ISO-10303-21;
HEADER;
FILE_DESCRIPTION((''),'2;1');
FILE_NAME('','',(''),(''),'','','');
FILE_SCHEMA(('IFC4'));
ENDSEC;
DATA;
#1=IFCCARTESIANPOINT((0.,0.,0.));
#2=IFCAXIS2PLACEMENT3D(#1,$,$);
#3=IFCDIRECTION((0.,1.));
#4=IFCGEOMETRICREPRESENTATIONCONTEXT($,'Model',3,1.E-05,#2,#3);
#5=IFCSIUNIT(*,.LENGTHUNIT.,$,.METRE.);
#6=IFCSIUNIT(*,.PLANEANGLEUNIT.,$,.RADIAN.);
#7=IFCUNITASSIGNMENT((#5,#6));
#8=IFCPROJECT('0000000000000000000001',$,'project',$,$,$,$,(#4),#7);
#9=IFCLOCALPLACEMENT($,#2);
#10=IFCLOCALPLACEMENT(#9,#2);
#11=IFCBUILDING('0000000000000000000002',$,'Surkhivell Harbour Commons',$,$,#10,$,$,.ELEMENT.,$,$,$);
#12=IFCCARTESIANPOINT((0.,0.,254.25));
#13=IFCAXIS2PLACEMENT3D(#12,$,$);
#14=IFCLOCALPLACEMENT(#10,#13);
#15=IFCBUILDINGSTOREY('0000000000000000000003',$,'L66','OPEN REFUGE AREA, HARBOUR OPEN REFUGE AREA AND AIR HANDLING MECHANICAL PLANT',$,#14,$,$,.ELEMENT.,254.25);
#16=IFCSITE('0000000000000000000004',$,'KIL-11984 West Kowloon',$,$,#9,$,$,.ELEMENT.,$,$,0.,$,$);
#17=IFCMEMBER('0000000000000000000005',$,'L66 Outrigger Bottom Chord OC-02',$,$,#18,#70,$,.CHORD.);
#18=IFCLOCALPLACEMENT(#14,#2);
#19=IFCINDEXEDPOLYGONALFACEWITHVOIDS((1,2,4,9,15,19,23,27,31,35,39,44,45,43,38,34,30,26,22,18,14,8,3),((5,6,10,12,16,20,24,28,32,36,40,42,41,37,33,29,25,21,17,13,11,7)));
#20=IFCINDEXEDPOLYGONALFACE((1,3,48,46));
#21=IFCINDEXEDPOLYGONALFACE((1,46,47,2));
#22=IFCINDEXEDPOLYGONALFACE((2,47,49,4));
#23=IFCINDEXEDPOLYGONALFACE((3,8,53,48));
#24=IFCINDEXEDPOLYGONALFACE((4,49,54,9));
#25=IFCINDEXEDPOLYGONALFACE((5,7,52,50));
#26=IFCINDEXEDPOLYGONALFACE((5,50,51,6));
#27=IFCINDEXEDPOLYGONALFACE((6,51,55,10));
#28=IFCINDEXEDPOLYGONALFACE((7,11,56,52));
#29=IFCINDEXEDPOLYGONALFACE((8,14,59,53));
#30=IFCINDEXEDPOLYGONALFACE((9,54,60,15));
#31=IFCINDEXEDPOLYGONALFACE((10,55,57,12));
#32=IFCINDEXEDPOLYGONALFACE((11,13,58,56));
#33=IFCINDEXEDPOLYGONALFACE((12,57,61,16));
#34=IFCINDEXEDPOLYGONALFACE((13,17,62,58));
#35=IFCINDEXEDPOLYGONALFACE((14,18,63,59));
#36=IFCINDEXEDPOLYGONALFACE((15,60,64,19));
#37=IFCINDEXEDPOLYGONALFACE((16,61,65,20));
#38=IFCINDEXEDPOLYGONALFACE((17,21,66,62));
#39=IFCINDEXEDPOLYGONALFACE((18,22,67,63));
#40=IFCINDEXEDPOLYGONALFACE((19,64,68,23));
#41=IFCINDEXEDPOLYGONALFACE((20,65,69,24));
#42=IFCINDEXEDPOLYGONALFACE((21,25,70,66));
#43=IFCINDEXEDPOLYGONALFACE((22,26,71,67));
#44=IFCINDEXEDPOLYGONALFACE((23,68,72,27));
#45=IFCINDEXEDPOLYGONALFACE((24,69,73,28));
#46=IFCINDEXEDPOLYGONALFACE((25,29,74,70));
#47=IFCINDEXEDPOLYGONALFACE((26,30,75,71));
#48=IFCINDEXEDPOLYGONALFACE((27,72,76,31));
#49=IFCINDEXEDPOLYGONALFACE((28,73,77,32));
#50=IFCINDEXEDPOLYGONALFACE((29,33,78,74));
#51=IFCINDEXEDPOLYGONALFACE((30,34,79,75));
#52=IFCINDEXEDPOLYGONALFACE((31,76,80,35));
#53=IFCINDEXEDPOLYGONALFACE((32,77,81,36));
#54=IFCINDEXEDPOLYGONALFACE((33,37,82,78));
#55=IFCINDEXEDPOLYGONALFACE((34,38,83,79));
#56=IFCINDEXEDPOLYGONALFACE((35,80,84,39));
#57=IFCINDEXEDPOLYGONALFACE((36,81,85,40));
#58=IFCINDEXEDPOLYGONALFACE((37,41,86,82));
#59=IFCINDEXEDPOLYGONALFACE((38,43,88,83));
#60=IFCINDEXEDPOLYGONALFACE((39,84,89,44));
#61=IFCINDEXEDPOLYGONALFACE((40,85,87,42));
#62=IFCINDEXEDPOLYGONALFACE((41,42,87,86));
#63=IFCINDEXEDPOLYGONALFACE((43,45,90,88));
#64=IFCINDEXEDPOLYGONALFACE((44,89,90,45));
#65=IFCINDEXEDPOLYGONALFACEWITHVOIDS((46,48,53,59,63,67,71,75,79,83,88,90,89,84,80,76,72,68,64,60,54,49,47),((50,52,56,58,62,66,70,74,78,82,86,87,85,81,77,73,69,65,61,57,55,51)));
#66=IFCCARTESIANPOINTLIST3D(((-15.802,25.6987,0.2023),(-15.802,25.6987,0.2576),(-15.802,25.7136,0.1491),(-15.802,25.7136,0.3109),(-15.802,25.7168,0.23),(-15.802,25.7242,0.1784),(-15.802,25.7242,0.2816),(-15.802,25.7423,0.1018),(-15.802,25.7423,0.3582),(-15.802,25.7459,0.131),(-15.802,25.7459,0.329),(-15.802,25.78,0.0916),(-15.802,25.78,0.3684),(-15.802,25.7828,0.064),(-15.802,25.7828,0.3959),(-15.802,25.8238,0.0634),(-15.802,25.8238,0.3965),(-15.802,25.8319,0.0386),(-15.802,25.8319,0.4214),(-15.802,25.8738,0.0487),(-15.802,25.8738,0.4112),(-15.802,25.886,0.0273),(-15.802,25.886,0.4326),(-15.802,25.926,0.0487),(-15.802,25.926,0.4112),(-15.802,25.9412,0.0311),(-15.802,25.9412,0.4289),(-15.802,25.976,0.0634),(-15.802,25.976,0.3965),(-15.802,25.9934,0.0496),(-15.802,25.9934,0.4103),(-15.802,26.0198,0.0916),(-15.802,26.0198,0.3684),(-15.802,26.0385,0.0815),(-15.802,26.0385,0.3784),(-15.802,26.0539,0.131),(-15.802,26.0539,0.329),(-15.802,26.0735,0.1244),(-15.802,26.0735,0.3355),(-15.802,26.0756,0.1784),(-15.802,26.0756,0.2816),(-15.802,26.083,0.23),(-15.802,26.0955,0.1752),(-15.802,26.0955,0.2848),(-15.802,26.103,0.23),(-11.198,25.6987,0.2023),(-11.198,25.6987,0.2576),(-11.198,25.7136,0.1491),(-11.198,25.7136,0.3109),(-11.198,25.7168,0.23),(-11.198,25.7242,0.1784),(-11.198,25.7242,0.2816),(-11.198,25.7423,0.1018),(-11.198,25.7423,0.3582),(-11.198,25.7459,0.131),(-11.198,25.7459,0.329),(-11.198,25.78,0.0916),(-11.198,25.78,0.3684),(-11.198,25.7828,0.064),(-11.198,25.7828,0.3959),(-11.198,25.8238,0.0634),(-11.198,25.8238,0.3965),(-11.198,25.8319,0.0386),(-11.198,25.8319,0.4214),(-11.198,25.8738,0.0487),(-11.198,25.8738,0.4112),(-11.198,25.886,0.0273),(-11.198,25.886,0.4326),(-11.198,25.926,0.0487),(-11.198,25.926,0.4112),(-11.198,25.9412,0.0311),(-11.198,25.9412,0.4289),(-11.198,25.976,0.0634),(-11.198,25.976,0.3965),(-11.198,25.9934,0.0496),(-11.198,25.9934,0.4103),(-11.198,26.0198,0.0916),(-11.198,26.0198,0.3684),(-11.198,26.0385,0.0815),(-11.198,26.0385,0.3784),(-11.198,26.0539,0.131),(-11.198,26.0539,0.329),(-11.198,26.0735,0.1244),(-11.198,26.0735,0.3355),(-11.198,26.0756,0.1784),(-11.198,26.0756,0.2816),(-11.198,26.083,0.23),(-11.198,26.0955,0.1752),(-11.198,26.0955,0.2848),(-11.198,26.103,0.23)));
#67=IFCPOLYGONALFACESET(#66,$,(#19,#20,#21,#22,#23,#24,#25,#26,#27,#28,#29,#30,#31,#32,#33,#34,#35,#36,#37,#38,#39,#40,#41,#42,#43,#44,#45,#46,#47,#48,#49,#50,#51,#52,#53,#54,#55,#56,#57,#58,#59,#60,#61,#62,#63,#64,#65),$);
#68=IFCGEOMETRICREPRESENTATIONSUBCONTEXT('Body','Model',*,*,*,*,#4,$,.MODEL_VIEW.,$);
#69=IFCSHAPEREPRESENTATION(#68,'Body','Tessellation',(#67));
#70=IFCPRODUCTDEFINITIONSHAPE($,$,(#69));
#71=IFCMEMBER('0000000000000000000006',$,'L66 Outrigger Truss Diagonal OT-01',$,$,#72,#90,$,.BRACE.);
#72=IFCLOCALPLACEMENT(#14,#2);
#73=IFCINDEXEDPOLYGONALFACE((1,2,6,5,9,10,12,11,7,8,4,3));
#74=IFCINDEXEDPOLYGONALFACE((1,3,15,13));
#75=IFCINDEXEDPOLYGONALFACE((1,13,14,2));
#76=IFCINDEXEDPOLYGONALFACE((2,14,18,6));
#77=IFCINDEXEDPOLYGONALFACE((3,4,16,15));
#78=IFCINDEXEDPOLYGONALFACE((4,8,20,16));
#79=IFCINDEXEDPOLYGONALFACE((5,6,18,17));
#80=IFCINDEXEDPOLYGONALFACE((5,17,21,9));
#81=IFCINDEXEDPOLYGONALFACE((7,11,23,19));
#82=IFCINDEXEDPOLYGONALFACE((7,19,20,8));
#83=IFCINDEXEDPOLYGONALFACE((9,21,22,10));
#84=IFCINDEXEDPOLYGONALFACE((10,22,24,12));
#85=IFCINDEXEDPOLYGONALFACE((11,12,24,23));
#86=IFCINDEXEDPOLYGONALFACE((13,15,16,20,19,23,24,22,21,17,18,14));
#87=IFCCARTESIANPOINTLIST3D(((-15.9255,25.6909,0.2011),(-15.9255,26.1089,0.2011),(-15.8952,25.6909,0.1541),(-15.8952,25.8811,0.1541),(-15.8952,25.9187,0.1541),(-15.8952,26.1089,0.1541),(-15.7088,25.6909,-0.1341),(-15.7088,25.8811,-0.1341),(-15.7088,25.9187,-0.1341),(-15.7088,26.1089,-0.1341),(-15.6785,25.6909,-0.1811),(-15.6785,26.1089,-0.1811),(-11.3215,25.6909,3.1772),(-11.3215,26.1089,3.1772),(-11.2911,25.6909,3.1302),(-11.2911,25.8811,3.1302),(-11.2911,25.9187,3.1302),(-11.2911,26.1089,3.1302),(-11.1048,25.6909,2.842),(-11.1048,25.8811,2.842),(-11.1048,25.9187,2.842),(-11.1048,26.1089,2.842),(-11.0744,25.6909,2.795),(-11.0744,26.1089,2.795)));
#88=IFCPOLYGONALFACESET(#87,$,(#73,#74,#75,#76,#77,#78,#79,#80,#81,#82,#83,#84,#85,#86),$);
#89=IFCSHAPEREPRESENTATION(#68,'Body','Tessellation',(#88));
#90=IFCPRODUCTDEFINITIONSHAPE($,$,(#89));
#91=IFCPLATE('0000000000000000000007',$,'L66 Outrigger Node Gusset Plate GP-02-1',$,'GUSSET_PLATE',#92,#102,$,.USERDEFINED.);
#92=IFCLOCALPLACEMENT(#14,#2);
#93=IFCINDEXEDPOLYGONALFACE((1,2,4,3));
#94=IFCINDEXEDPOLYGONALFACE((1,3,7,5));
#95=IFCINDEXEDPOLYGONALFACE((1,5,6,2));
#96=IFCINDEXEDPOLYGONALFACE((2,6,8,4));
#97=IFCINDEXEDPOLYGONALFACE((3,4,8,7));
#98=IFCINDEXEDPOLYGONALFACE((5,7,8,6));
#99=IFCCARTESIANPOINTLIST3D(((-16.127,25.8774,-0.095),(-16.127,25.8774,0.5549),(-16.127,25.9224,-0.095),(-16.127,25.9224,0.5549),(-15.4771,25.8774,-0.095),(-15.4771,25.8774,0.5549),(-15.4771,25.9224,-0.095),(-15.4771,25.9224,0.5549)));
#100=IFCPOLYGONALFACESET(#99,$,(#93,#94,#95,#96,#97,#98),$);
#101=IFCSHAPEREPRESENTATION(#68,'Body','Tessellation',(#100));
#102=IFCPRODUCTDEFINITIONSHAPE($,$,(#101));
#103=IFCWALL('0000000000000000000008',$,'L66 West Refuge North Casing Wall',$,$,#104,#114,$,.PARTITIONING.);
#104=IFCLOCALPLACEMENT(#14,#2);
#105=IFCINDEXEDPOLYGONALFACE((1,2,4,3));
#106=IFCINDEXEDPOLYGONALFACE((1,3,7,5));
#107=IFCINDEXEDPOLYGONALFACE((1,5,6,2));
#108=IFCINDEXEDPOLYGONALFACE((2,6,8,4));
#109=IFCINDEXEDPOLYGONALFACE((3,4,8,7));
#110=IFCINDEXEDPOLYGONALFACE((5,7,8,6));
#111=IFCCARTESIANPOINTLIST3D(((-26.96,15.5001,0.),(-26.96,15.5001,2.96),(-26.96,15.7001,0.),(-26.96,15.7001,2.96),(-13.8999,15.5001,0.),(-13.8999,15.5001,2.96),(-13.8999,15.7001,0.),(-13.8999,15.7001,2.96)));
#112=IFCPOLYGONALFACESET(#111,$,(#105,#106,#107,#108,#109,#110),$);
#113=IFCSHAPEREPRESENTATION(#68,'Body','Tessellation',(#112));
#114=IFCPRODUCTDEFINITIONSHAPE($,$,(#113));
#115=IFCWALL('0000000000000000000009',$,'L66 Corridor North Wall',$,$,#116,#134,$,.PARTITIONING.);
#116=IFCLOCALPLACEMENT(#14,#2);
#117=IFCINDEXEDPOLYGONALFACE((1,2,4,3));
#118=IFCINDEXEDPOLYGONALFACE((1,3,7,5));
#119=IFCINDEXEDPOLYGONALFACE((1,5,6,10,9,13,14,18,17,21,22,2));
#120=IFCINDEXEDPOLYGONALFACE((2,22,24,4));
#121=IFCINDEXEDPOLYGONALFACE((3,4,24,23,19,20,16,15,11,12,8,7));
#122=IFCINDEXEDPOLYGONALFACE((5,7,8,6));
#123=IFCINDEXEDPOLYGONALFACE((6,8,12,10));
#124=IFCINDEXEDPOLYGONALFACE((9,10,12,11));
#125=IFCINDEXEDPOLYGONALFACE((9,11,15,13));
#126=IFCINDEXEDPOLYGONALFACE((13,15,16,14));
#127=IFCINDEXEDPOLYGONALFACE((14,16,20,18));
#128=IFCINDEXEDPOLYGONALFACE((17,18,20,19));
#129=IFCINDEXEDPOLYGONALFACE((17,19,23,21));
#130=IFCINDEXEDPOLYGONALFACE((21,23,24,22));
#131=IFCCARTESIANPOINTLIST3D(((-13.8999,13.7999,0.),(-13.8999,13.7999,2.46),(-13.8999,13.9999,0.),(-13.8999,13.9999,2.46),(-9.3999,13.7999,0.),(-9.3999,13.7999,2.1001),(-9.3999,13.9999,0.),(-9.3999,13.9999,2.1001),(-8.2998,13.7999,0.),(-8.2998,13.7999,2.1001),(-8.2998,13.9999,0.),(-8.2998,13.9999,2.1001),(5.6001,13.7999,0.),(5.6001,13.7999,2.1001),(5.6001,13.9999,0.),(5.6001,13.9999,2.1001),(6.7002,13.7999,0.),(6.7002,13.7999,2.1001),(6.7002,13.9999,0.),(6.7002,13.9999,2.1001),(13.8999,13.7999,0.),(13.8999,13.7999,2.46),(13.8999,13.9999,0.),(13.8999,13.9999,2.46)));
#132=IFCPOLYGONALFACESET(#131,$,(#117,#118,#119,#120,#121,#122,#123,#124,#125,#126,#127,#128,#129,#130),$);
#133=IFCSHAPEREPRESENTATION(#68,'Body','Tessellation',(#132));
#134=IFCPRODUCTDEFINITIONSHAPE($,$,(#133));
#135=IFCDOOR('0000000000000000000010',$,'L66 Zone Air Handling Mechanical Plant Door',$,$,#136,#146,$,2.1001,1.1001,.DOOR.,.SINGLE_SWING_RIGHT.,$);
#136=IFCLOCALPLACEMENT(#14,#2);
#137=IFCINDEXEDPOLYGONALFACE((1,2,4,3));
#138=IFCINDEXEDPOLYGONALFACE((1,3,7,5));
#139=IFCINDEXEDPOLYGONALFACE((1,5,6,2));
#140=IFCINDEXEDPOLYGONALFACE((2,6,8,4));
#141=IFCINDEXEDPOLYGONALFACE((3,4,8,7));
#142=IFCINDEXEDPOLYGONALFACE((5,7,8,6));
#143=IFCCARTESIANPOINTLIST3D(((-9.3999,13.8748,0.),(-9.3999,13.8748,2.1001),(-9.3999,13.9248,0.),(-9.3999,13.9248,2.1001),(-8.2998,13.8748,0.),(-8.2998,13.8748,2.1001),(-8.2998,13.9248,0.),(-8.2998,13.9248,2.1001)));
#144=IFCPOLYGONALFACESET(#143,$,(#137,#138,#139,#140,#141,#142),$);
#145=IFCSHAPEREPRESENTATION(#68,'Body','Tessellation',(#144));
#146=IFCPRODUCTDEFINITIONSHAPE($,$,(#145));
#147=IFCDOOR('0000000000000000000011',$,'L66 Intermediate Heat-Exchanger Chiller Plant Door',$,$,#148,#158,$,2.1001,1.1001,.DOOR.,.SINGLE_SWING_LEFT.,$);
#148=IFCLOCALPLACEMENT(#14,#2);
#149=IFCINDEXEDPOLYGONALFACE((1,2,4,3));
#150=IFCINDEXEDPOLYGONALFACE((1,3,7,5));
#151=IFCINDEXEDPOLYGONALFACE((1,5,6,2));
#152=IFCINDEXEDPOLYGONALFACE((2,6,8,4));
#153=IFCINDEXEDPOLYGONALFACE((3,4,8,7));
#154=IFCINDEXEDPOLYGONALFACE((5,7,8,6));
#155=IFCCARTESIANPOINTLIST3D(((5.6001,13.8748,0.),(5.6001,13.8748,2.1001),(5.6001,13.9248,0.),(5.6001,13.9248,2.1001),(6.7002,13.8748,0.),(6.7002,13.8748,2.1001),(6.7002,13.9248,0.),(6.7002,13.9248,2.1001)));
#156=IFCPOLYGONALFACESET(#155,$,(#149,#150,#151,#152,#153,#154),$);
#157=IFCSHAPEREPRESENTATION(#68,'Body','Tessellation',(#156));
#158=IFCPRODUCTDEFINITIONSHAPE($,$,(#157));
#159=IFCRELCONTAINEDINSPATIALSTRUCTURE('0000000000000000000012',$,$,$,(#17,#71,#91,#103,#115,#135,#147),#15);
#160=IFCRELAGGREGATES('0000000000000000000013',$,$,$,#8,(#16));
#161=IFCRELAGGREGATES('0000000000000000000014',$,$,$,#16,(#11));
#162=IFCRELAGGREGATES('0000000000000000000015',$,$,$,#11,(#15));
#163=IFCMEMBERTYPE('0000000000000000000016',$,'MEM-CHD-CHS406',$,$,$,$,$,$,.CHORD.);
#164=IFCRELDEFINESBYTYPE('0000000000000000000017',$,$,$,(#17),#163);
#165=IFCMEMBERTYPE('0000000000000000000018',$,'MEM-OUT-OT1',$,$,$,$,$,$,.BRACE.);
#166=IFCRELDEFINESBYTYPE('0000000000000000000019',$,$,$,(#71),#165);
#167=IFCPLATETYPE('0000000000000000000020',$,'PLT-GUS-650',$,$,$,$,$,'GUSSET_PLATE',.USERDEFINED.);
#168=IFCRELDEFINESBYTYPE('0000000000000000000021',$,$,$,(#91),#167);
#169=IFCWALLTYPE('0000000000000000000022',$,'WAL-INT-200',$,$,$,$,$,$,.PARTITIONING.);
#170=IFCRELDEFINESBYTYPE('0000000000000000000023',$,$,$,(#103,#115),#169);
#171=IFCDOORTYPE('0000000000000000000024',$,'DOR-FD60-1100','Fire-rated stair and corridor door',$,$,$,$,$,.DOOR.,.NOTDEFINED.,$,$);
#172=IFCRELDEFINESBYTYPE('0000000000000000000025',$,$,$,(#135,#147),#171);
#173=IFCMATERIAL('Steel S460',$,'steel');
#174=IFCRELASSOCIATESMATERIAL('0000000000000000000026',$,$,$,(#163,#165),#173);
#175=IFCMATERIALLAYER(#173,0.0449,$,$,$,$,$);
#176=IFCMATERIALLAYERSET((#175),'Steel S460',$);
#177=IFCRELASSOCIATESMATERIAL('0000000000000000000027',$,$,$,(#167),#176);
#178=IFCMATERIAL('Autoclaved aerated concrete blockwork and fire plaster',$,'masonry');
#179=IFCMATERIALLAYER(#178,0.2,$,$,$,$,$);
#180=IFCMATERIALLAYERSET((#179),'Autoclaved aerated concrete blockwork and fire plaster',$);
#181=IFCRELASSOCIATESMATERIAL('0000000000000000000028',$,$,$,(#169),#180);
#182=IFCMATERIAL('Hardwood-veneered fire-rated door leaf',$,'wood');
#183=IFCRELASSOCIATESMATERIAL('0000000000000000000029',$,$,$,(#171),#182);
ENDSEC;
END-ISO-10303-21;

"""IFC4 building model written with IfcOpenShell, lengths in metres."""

from ifc_helpers import new_model, si_unit, direction, frame, frame_2d, origin, origin_2d, place, context, subcontext, project, spatial, rectangle, hollow_circle, i_section, extrude, material, layer, layer_set, material_profile, profile_set, type_object, element, fill, save


model = new_model("IFC4")

# Units and contexts
model_context = context("Model", 3, precision=1e-05, world=origin(), true_north=direction((0.0, 1.0)))
body_context = subcontext(model_context, "Body", "Model", "MODEL_VIEW")
ifc_project = project(units=[si_unit("LENGTHUNIT", "METRE"), si_unit("PLANEANGLEUNIT", "RADIAN")], contexts=[model_context])

# Site, building, storey
site_placement = place(None, origin())
site = spatial("IfcSite", under=ifc_project, at=site_placement, Name="KIL-11984 West Kowloon", CompositionType="ELEMENT", RefElevation=0.0)
building_placement = place(site_placement, origin())
building = spatial("IfcBuilding", under=site, at=building_placement, Name="Surkhivell Harbour Commons", CompositionType="ELEMENT")
storey_placement = place(building_placement, frame((0.0, 0.0, 254.25)))
storey = spatial("IfcBuildingStorey", under=building, at=storey_placement, Name="L66", Description="OPEN REFUGE AREA, HARBOUR OPEN REFUGE AREA AND AIR HANDLING MECHANICAL PLANT", CompositionType="ELEMENT", Elevation=254.25)

# Shared definitions
ifc_material_1 = material(Name="Steel S460", Category="steel")

# Members
ifc_material_profile_1 = material_profile(ifc_material_1, hollow_circle(Radius=0.2031, WallThickness=0.02, at=origin_2d()), Name="CHS406x20")
ifc_profile_set_1 = profile_set([ifc_material_profile_1], Name="Steel S460")
member_type_1 = type_object("IfcMemberType", Name="MEM-CHD-CHS406", PredefinedType="CHORD", material=ifc_profile_set_1)
member_1_placement = place(storey_placement, frame((-15.802, 25.8999, 0.23), z_axis=(1.0, 0.0, 0.0), x_axis=(0.0, 1.0, 0.0)))
element("IfcMember", 1, at=member_1_placement, inside=storey, type_object=member_type_1, Name="L66 Outrigger Bottom Chord OC-02", PredefinedType="CHORD", context=body_context, shape_type="SweptSolid", body=[
    extrude(hollow_circle(Radius=0.2031, WallThickness=0.02, at=origin_2d()), origin(), (0.0, 0.0, 1.0), 4.604),
])
ifc_material_profile_2 = material_profile(ifc_material_1, i_section(OverallWidth=0.418, OverallDepth=0.4551, WebThickness=0.0376, FlangeThickness=0.0559, at=origin_2d()), Name="HD400x551")
ifc_profile_set_2 = profile_set([ifc_material_profile_2], Name="Steel S460")
member_type_2 = type_object("IfcMemberType", Name="MEM-OUT-OT1", PredefinedType="BRACE", material=ifc_profile_set_2)
member_2_placement = place(storey_placement, frame((-15.802, 25.8999, 0.01), z_axis=(0.839819, 0.0, 0.542867), x_axis=(0.0, 1.0, 0.0)))
element("IfcMember", 2, at=member_2_placement, inside=storey, type_object=member_type_2, Name="L66 Outrigger Truss Diagonal OT-01", PredefinedType="BRACE", context=body_context, shape_type="SweptSolid", body=[
    extrude(i_section(OverallWidth=0.418, OverallDepth=0.4551, WebThickness=0.0376, FlangeThickness=0.0559, at=origin_2d()), origin(), (0.0, 0.0, 1.0), 5.4822),
])

# Plate
ifc_layer_1 = layer(ifc_material_1, 0.0449)
ifc_layer_set_1 = layer_set([ifc_layer_1], Name="Steel S460")
plate_type = type_object("IfcPlateType", Name="PLT-GUS-650", ElementType="GUSSET_PLATE", PredefinedType="USERDEFINED", material=ifc_layer_set_1)
plate_placement = place(storey_placement, frame((-15.802, 25.8999, -0.095), z_axis=(0.0, 0.0, 1.0), x_axis=(1.0, 0.0, 0.0)))
element("IfcPlate", 3, at=plate_placement, inside=storey, type_object=plate_type, Name="L66 Outrigger Node Gusset Plate GP-02-1", ObjectType="GUSSET_PLATE", PredefinedType="USERDEFINED", context=body_context, shape_type="SweptSolid", body=[
    extrude(rectangle(XDim=0.6499, YDim=0.0449, at=origin_2d()), origin(), (0.0, 0.0, 1.0), 0.6499),
])

# Wall
ifc_material_2 = material(Name="Autoclaved aerated concrete blockwork and fire plaster", Category="masonry")
ifc_layer_2 = layer(ifc_material_2, 0.2)
ifc_layer_set_2 = layer_set([ifc_layer_2], Name="Autoclaved aerated concrete blockwork and fire plaster")
wall_type = type_object("IfcWallType", Name="WAL-INT-200", PredefinedType="PARTITIONING", material=ifc_layer_set_2)
wall_1_placement = place(storey_placement, frame((-26.96, 15.6001, 0.0), z_axis=(0.0, 0.0, 1.0), x_axis=(1.0, 0.0, 0.0)))
element("IfcWall", 4, at=wall_1_placement, inside=storey, type_object=wall_type, Name="L66 West Refuge North Casing Wall", PredefinedType="PARTITIONING", context=body_context, shape_type="SweptSolid", body=[
    extrude(rectangle(XDim=13.0601, YDim=0.2, at=frame_2d((6.53, 0.0))), origin(), (0.0, 0.0, 1.0), 2.96),
])

# Wall, openings, doors
wall_2_placement = place(storey_placement, frame((-13.8999, 13.8999, 0.0), z_axis=(0.0, 0.0, 1.0), x_axis=(1.0, 0.0, 0.0)))
wall_2 = element("IfcWall", 5, at=wall_2_placement, inside=storey, type_object=wall_type, Name="L66 Corridor North Wall", PredefinedType="PARTITIONING", context=body_context, shape_type="SweptSolid", body=[
    extrude(rectangle(XDim=27.7998, YDim=0.2, at=frame_2d((13.8999, 0.0))), origin(), (0.0, 0.0, 1.0), 2.46),
])
opening_1_placement = place(wall_2_placement, frame((4.5, 0.0, 0.0)))
opening_1 = element("IfcOpeningElement", 6, at=opening_1_placement, cuts=wall_2, PredefinedType="OPENING", context=body_context, shape_type="SweptSolid", body=[
    extrude(rectangle(XDim=1.1001, YDim=2.1001, at=frame_2d((0.55, 1.05))), frame((0.0, 0.1099, 0.0), z_axis=(0.0, -1.0, 0.0), x_axis=(1.0, 0.0, 0.0)), (0.0, 0.0, 1.0), 0.22),
])
opening_2_placement = place(wall_2_placement, frame((19.5, 0.0, 0.0)))
opening_2 = element("IfcOpeningElement", 7, at=opening_2_placement, cuts=wall_2, PredefinedType="OPENING", context=body_context, shape_type="SweptSolid", body=[
    extrude(rectangle(XDim=1.1001, YDim=2.1001, at=frame_2d((0.55, 1.05))), frame((0.0, 0.1099, 0.0), z_axis=(0.0, -1.0, 0.0), x_axis=(1.0, 0.0, 0.0)), (0.0, 0.0, 1.0), 0.22),
])
ifc_material_3 = material(Name="Hardwood-veneered fire-rated door leaf", Category="wood")
door_type = type_object("IfcDoorType", Name="DOR-FD60-1100", Description="Fire-rated stair and corridor door", OperationType="NOTDEFINED", PredefinedType="DOOR", material=ifc_material_3)
door_1_placement = place(opening_1_placement, origin())
door_1 = element("IfcDoor", 8, at=door_1_placement, inside=storey, type_object=door_type, Name="L66 Zone Air Handling Mechanical Plant Door", OperationType="SINGLE_SWING_RIGHT", OverallHeight=2.1001, OverallWidth=1.1001, PredefinedType="DOOR", context=body_context, shape_type="SweptSolid", body=[
    extrude(rectangle(XDim=1.1001, YDim=2.1001, at=frame_2d((0.55, 1.05))), frame((0.0, 0.0249, 0.0), z_axis=(0.0, -1.0, 0.0), x_axis=(1.0, 0.0, 0.0)), (0.0, 0.0, 1.0), 0.05),
])
fill(opening_1, door_1)
door_2_placement = place(opening_2_placement, origin())
door_2 = element("IfcDoor", 9, at=door_2_placement, inside=storey, type_object=door_type, Name="L66 Intermediate Heat-Exchanger Chiller Plant Door", OperationType="SINGLE_SWING_LEFT", OverallHeight=2.1001, OverallWidth=1.1001, PredefinedType="DOOR", context=body_context, shape_type="SweptSolid", body=[
    extrude(rectangle(XDim=1.1001, YDim=2.1001, at=frame_2d((0.55, 1.05))), frame((0.0, 0.0249, 0.0), z_axis=(0.0, -1.0, 0.0), x_axis=(1.0, 0.0, 0.0)), (0.0, 0.0, 1.0), 0.05),
])
fill(opening_2, door_2)

save(model, "model.ifc")
